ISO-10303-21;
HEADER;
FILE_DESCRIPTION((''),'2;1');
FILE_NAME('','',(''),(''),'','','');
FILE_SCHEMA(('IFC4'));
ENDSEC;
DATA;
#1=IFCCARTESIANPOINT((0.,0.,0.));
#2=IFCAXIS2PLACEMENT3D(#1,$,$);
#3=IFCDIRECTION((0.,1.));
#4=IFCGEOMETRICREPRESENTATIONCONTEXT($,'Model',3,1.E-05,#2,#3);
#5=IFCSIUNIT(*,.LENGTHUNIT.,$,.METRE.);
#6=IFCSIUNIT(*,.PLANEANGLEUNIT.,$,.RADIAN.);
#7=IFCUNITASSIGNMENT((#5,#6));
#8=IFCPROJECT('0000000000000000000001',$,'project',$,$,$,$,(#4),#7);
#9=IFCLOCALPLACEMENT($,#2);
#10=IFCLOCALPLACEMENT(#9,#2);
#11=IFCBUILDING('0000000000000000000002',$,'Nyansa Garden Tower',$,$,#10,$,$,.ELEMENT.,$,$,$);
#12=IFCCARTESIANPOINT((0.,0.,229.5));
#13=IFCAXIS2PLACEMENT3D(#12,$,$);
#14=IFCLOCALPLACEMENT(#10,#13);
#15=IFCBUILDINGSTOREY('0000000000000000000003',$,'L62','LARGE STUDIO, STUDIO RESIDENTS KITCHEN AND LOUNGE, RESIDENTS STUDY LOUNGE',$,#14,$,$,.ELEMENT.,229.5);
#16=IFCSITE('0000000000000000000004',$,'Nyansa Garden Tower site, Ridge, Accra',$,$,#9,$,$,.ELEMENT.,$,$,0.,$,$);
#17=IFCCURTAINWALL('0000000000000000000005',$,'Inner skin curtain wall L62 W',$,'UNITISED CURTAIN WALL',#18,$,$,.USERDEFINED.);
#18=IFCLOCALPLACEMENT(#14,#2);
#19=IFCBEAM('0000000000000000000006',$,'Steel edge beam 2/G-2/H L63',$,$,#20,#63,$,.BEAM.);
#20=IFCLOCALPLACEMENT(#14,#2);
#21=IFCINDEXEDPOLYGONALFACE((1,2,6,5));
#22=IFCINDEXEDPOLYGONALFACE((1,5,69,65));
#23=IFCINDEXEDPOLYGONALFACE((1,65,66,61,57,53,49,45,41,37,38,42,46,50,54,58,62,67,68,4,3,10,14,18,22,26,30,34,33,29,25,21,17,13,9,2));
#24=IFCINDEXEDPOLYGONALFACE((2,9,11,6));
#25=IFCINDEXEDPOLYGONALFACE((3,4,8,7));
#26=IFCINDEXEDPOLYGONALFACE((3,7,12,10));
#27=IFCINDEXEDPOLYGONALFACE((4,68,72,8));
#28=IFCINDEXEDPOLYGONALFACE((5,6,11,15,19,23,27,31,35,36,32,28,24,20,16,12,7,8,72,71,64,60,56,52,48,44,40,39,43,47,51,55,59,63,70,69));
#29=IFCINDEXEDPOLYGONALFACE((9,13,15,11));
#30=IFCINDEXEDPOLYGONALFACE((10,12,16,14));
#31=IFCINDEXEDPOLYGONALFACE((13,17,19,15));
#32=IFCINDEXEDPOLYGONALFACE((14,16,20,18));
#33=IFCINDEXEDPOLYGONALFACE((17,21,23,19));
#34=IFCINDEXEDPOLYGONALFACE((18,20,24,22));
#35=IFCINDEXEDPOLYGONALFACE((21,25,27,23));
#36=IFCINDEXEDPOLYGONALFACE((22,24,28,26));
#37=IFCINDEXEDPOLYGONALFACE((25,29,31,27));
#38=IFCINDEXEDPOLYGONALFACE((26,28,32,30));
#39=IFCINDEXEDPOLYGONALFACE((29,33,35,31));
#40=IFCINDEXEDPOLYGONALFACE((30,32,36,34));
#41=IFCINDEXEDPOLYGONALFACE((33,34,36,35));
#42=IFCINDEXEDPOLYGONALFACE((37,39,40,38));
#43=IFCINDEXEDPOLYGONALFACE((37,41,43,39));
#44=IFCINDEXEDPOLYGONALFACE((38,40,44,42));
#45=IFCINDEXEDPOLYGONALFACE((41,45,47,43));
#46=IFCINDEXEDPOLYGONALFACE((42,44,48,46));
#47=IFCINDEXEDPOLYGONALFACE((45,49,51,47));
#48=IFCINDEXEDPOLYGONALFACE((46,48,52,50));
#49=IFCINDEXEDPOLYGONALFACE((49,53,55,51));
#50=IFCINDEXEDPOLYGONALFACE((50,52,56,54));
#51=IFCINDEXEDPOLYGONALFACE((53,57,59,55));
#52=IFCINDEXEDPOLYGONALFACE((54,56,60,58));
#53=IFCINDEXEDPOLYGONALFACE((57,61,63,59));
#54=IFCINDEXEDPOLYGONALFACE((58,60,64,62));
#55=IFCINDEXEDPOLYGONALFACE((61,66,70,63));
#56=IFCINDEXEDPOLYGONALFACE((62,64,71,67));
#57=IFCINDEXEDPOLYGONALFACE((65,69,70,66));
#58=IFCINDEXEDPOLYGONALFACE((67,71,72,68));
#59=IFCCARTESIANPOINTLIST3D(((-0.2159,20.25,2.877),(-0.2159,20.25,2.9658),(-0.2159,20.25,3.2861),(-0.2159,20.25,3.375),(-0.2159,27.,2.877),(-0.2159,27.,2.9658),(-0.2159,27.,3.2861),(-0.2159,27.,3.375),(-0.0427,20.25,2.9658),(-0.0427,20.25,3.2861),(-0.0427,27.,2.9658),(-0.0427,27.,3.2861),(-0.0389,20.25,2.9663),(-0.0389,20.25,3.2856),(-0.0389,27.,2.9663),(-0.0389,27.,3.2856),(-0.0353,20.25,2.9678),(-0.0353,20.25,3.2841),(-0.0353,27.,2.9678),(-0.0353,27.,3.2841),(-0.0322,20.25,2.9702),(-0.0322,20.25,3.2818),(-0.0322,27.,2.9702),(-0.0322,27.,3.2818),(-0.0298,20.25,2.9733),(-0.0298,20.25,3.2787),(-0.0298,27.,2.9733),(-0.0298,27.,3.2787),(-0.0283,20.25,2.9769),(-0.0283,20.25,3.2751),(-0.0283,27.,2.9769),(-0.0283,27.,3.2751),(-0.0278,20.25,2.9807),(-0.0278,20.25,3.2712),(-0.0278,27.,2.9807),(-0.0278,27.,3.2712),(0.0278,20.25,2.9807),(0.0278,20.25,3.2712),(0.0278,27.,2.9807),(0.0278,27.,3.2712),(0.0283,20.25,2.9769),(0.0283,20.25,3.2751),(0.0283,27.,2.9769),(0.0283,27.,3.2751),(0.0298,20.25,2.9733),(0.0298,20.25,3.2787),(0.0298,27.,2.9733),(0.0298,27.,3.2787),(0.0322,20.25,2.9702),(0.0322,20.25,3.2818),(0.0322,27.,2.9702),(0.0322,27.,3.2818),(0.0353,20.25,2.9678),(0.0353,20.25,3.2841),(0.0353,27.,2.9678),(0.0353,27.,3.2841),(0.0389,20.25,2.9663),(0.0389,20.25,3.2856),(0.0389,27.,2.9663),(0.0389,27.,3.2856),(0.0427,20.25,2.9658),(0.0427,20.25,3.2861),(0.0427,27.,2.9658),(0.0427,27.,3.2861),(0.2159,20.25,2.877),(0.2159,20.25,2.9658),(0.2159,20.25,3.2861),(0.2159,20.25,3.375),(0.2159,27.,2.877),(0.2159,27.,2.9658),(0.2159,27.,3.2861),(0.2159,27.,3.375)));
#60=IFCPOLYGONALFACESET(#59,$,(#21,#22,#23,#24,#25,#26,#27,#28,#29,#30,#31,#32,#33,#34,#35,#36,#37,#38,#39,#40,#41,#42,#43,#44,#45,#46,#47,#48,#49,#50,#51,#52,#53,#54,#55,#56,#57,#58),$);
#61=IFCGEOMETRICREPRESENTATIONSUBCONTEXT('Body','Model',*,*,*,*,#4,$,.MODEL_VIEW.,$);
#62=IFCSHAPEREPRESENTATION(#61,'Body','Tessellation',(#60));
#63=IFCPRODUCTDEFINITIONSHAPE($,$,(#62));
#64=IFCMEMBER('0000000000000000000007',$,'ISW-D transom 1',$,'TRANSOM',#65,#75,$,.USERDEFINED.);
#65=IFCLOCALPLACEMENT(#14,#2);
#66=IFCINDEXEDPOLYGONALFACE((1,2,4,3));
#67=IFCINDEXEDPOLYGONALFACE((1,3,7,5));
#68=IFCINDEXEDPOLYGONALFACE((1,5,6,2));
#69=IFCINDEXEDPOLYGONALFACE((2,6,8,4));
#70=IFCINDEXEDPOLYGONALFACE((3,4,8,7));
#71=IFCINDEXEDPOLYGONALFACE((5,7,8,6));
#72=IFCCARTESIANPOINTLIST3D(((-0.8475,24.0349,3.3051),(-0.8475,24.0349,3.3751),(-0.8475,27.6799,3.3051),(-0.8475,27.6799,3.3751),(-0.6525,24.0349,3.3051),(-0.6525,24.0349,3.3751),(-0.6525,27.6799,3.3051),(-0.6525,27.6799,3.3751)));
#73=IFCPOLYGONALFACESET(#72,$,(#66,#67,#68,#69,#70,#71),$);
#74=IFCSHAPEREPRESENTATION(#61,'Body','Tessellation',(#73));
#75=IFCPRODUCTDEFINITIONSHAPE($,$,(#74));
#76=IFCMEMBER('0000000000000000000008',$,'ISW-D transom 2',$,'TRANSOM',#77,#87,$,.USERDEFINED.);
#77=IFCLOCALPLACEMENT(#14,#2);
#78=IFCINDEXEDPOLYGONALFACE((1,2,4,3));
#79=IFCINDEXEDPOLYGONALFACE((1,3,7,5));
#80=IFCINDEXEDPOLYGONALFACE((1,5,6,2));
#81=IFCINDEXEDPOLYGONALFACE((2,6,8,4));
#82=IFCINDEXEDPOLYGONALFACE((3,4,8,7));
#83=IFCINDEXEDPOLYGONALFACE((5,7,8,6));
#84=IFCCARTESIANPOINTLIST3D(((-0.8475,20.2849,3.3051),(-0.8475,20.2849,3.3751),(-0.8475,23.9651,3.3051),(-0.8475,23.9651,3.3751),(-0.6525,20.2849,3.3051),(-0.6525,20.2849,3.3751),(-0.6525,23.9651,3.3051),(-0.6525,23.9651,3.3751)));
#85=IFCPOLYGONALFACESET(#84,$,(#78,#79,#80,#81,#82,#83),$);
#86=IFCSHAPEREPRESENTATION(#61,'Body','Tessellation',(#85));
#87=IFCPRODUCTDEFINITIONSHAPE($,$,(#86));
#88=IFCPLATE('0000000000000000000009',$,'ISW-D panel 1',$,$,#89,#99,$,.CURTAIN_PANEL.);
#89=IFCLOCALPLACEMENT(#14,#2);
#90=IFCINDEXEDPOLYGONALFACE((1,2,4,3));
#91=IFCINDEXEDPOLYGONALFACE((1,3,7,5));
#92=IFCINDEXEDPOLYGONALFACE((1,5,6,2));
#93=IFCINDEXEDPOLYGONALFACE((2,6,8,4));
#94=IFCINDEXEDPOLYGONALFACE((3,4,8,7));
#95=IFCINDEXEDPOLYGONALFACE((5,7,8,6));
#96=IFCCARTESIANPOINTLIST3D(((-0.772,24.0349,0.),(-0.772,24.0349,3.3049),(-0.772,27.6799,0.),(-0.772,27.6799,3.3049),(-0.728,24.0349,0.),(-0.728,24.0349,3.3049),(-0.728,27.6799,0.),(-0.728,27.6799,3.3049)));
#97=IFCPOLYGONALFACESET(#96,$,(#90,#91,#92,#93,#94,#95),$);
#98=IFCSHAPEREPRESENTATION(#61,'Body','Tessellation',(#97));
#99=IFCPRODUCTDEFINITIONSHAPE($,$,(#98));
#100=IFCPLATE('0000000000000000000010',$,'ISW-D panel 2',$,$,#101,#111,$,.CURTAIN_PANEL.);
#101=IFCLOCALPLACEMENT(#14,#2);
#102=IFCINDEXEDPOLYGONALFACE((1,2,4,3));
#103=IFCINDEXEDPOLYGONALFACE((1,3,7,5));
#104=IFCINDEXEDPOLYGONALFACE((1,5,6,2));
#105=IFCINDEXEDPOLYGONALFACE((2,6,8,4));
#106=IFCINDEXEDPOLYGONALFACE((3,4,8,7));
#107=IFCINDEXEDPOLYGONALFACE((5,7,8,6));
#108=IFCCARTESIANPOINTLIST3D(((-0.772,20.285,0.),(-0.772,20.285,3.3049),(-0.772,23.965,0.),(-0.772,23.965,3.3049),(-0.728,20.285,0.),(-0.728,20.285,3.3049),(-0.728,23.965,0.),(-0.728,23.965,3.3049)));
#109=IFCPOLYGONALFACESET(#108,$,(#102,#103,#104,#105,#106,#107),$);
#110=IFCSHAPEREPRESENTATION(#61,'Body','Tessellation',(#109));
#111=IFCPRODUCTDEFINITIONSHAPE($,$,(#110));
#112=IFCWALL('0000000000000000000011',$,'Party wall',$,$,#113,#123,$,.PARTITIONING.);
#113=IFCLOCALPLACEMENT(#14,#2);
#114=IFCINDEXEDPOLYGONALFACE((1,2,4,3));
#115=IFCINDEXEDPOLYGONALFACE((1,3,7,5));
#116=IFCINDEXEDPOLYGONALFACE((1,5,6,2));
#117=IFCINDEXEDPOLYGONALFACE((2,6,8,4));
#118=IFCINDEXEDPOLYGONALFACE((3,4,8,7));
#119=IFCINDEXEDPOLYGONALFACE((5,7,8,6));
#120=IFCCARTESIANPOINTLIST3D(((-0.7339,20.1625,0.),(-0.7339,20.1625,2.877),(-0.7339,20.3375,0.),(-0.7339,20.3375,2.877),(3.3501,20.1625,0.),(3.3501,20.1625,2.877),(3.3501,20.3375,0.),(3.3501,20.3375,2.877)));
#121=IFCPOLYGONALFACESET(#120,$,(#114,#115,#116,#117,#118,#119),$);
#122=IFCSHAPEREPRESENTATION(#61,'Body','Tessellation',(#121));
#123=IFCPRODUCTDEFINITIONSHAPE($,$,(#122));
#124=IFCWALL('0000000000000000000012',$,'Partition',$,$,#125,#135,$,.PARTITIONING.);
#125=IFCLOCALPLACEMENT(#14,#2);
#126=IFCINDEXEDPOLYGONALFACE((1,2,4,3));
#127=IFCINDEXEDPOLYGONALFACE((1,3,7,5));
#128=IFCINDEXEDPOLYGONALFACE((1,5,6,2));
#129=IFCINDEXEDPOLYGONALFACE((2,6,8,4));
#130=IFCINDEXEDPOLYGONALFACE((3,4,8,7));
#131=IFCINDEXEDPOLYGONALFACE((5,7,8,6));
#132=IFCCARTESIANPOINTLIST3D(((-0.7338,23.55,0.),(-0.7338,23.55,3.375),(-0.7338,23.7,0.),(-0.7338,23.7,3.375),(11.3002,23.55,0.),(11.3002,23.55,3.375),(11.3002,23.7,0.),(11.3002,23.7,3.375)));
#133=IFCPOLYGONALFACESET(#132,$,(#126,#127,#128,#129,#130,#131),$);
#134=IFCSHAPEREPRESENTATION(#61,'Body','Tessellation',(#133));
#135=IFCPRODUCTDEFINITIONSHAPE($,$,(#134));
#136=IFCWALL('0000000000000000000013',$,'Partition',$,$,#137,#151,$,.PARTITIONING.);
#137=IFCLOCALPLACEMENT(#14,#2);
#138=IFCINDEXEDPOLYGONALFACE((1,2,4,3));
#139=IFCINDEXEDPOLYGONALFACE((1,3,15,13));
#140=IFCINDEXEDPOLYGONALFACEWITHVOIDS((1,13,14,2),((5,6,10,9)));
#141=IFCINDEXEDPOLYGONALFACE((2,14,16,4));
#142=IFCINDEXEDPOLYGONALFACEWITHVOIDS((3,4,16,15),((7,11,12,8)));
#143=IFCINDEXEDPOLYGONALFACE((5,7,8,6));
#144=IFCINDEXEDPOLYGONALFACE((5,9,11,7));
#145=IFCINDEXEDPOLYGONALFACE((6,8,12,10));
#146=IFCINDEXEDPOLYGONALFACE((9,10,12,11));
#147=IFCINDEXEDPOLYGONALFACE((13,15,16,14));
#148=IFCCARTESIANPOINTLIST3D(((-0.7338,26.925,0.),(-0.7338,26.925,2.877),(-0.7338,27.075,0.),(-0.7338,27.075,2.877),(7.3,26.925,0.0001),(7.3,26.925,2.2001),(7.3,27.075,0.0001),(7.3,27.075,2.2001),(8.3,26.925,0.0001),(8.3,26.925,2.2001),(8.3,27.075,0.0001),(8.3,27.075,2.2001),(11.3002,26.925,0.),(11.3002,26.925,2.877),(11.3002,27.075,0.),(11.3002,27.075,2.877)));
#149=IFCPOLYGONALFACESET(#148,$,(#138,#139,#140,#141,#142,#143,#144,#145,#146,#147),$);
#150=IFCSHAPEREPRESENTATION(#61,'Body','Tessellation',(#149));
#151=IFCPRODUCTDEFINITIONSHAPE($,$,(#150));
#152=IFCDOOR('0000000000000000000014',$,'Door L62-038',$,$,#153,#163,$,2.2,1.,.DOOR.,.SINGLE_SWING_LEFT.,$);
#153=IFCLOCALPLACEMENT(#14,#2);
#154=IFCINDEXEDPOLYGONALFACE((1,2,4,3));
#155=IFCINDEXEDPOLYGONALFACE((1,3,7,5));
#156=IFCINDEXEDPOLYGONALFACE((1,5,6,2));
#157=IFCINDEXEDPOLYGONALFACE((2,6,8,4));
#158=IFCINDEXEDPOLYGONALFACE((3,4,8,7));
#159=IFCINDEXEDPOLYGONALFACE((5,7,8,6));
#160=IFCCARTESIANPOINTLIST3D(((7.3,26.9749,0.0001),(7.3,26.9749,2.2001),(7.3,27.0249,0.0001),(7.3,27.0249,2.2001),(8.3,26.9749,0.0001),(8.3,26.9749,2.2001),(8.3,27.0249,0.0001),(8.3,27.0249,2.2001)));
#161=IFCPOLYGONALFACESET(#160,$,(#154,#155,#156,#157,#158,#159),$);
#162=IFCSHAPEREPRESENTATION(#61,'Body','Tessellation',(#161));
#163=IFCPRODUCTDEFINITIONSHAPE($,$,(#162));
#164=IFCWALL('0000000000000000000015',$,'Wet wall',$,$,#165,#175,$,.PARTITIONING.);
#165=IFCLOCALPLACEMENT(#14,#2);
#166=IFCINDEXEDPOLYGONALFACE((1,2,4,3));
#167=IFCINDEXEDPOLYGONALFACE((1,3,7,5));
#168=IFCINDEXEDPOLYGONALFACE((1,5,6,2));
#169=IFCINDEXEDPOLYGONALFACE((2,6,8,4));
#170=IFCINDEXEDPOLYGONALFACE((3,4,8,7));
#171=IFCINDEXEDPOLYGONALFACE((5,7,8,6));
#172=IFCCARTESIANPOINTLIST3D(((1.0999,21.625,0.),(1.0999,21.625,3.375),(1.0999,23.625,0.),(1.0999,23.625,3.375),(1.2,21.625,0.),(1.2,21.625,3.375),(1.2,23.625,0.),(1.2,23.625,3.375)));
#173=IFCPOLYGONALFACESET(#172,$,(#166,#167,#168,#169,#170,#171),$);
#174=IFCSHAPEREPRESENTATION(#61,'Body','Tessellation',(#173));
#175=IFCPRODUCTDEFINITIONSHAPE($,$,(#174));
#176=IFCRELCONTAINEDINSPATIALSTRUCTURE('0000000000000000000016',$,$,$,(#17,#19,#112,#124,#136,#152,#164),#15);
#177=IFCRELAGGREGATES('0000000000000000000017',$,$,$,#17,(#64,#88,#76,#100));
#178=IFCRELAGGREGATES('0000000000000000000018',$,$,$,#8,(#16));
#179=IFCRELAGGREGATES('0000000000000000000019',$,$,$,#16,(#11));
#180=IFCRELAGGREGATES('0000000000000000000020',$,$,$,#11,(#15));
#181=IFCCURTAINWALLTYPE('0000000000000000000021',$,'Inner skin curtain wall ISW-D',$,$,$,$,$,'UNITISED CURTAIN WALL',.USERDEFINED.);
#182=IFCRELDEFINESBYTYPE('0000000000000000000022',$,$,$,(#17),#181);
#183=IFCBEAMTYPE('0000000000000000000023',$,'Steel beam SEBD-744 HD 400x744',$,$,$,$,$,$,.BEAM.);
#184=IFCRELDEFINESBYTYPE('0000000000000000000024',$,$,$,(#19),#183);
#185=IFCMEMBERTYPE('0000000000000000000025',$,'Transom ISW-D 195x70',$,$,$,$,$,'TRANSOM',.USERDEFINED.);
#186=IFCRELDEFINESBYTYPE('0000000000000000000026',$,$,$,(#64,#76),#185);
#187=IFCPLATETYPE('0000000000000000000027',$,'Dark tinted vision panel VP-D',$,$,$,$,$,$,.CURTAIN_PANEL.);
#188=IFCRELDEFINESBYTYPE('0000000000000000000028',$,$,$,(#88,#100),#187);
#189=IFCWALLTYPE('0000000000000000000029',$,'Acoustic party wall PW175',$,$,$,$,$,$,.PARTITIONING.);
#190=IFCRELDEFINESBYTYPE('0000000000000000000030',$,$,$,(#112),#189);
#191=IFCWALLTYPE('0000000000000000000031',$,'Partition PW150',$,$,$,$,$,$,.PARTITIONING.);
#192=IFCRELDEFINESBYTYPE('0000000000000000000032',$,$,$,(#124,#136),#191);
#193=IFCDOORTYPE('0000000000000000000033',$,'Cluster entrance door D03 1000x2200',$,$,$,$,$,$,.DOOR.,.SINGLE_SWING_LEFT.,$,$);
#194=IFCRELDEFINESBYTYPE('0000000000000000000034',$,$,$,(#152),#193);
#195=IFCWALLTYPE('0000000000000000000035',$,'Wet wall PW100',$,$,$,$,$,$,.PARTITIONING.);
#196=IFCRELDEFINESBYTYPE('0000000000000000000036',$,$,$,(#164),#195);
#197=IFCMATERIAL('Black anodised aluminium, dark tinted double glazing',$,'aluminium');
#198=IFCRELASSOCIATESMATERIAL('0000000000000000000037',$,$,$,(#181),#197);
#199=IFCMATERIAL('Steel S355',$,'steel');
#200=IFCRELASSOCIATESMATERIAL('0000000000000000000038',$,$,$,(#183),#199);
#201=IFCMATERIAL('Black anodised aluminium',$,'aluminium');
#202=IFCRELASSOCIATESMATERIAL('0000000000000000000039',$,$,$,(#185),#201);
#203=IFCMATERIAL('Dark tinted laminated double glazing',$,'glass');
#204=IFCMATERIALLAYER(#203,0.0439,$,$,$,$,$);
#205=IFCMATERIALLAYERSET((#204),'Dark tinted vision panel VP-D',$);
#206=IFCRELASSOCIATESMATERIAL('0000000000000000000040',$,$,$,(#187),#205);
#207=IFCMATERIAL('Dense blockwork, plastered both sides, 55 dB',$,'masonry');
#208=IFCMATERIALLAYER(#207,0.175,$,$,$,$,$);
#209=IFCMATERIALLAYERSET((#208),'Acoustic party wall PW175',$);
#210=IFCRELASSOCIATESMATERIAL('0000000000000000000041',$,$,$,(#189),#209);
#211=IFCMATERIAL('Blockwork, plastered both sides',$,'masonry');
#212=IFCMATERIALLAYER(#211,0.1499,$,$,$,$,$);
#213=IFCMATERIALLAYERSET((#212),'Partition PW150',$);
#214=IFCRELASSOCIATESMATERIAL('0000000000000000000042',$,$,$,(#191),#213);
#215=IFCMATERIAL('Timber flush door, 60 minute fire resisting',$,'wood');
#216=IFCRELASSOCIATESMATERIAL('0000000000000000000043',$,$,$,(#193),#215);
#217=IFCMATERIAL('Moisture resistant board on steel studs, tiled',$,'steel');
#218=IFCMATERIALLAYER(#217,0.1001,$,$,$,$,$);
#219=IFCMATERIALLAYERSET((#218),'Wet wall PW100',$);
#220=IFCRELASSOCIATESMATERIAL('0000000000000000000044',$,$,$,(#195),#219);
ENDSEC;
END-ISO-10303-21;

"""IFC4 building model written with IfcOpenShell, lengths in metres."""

from ifc_helpers import new_model, si_unit, direction, frame, frame_2d, origin, origin_2d, place, context, subcontext, project, spatial, rectangle, i_section, extrude, material, layer, layer_set, material_profile, profile_set, type_object, element, fill, aggregate, save


model = new_model("IFC4")

# Units and contexts
model_context = context("Model", 3, precision=1e-05, world=origin(), true_north=direction((0.0, 1.0)))
body_context = subcontext(model_context, "Body", "Model", "MODEL_VIEW")
ifc_project = project(units=[si_unit("LENGTHUNIT", "METRE"), si_unit("PLANEANGLEUNIT", "RADIAN")], contexts=[model_context])

# Site, building, storey
site_placement = place(None, origin())
site = spatial("IfcSite", under=ifc_project, at=site_placement, Name="Nyansa Garden Tower site, Ridge, Accra", CompositionType="ELEMENT", RefElevation=0.0)
building_placement = place(site_placement, origin())
building = spatial("IfcBuilding", under=site, at=building_placement, Name="Nyansa Garden Tower", CompositionType="ELEMENT")
storey_placement = place(building_placement, frame((0.0, 0.0, 229.5)))
storey = spatial("IfcBuildingStorey", under=building, at=storey_placement, Name="L62", Description="LARGE STUDIO, STUDIO RESIDENTS KITCHEN AND LOUNGE, RESIDENTS STUDY LOUNGE", CompositionType="ELEMENT", Elevation=229.5)

# Curtain wall
ifc_material_1 = material(Name="Black anodised aluminium, dark tinted double glazing", Category="aluminium")
curtain_wall_type = type_object("IfcCurtainWallType", Name="Inner skin curtain wall ISW-D", ElementType="UNITISED CURTAIN WALL", PredefinedType="USERDEFINED", material=ifc_material_1)
curtain_wall_placement = place(storey_placement, origin())
curtain_wall = element("IfcCurtainWall", 1, at=curtain_wall_placement, inside=storey, type_object=curtain_wall_type, Name="Inner skin curtain wall L62 W", ObjectType="UNITISED CURTAIN WALL", PredefinedType="USERDEFINED")

# Beam
ifc_material_2 = material(Name="Steel S355", Category="steel")
ifc_material_profile_1 = material_profile(ifc_material_2, i_section(OverallWidth=0.4319, OverallDepth=0.498, WebThickness=0.0557, FlangeThickness=0.0889, FilletRadius=0.0149, at=origin_2d()), Name="HD 400x744")
ifc_profile_set_1 = profile_set([ifc_material_profile_1], Name="Steel S355")
beam_type_1 = type_object("IfcBeamType", Name="Steel beam SEBD-744 HD 400x744", PredefinedType="BEAM", material=ifc_profile_set_1)
beam_placement = place(storey_placement, frame((0.0, 20.25, 3.126), z_axis=(0.0, 1.0, 0.0), x_axis=(-1.0, 0.0, 0.0)))
element("IfcBeam", 2, at=beam_placement, inside=storey, type_object=beam_type_1, Name="Steel edge beam 2/G-2/H L63", PredefinedType="BEAM", context=body_context, shape_type="SweptSolid", body=[
    extrude(i_section(OverallWidth=0.4319, OverallDepth=0.498, WebThickness=0.0557, FlangeThickness=0.0889, FilletRadius=0.0149, at=origin_2d()), origin(), (0.0, 0.0, 1.0), 6.75),
])

# Members
ifc_material_3 = material(Name="Black anodised aluminium", Category="aluminium")
ifc_material_profile_2 = material_profile(ifc_material_3, rectangle(XDim=0.1951, YDim=0.0701, at=origin_2d()), Name="Transom 195x70")
ifc_profile_set_2 = profile_set([ifc_material_profile_2], Name="Black anodised aluminium")
member_type_1 = type_object("IfcMemberType", Name="Transom ISW-D 195x70", ElementType="TRANSOM", PredefinedType="USERDEFINED", material=ifc_profile_set_2)
member_1_placement = place(storey_placement, frame((-0.75, 27.6799, 3.3401), z_axis=(0.0, -1.0, 0.0), x_axis=(1.0, 0.0, 0.0)))
member_1 = element("IfcMember", 3, at=member_1_placement, type_object=member_type_1, Name="ISW-D transom 1", ObjectType="TRANSOM", PredefinedType="USERDEFINED", context=body_context, shape_type="SweptSolid", body=[
    extrude(rectangle(XDim=0.1951, YDim=0.0701, at=origin_2d()), origin(), (0.0, 0.0, 1.0), 3.645),
])
member_2_placement = place(storey_placement, frame((-0.75, 23.9651, 3.3401), z_axis=(0.0, -1.0, 0.0), x_axis=(1.0, 0.0, 0.0)))
member_2 = element("IfcMember", 4, at=member_2_placement, type_object=member_type_1, Name="ISW-D transom 2", ObjectType="TRANSOM", PredefinedType="USERDEFINED", context=body_context, shape_type="SweptSolid", body=[
    extrude(rectangle(XDim=0.1951, YDim=0.0701, at=origin_2d()), origin(), (0.0, 0.0, 1.0), 3.6802),
])

# Plates
ifc_material_4 = material(Name="Dark tinted laminated double glazing", Category="glass")
ifc_layer_1 = layer(ifc_material_4, 0.0439)
ifc_layer_set_1 = layer_set([ifc_layer_1], Name="Dark tinted vision panel VP-D")
plate_type = type_object("IfcPlateType", Name="Dark tinted vision panel VP-D", PredefinedType="CURTAIN_PANEL", material=ifc_layer_set_1)
plate_1_placement = place(storey_placement, frame((-0.75, 25.8574, 0.0), z_axis=(0.0, 0.0, 1.0), x_axis=(0.0, -1.0, 0.0)))
plate_1 = element("IfcPlate", 5, at=plate_1_placement, type_object=plate_type, Name="ISW-D panel 1", PredefinedType="CURTAIN_PANEL", context=body_context, shape_type="SweptSolid", body=[
    extrude(rectangle(XDim=3.645, YDim=0.0439, at=origin_2d()), origin(), (0.0, 0.0, 1.0), 3.3049),
])
plate_2_placement = place(storey_placement, frame((-0.75, 22.125, 0.0), z_axis=(0.0, 0.0, 1.0), x_axis=(0.0, -1.0, 0.0)))
plate_2 = element("IfcPlate", 6, at=plate_2_placement, type_object=plate_type, Name="ISW-D panel 2", PredefinedType="CURTAIN_PANEL", context=body_context, shape_type="SweptSolid", body=[
    extrude(rectangle(XDim=3.6799, YDim=0.0439, at=origin_2d()), origin(), (0.0, 0.0, 1.0), 3.3049),
])
aggregate(curtain_wall, [member_1, plate_1, member_2, plate_2])

# Walls
ifc_material_5 = material(Name="Dense blockwork, plastered both sides, 55 dB", Category="masonry")
ifc_layer_2 = layer(ifc_material_5, 0.175)
ifc_layer_set_2 = layer_set([ifc_layer_2], Name="Acoustic party wall PW175")
wall_type_1 = type_object("IfcWallType", Name="Acoustic party wall PW175", PredefinedType="PARTITIONING", material=ifc_layer_set_2)
wall_1_placement = place(storey_placement, frame((-0.7339, 20.25, 0.0), z_axis=(0.0, 0.0, 1.0), x_axis=(1.0, 0.0, 0.0)))
element("IfcWall", 7, at=wall_1_placement, inside=storey, type_object=wall_type_1, Name="Party wall", PredefinedType="PARTITIONING", context=body_context, shape_type="SweptSolid", body=[
    extrude(rectangle(XDim=4.084, YDim=0.175, at=frame_2d((2.042, 0.0))), origin(), (0.0, 0.0, 1.0), 2.877),
])
ifc_material_6 = material(Name="Blockwork, plastered both sides", Category="masonry")
ifc_layer_3 = layer(ifc_material_6, 0.1499)
ifc_layer_set_3 = layer_set([ifc_layer_3], Name="Partition PW150")
wall_type_2 = type_object("IfcWallType", Name="Partition PW150", PredefinedType="PARTITIONING", material=ifc_layer_set_3)
wall_2_placement = place(storey_placement, frame((-0.7339, 23.625, 0.0), z_axis=(0.0, 0.0, 1.0), x_axis=(1.0, 0.0, 0.0)))
element("IfcWall", 8, at=wall_2_placement, inside=storey, type_object=wall_type_2, Name="Partition", PredefinedType="PARTITIONING", context=body_context, shape_type="SweptSolid", body=[
    extrude(rectangle(XDim=12.0339, YDim=0.1499, at=frame_2d((6.0171, 0.0))), origin(), (0.0, 0.0, 1.0), 3.375),
])

# Wall, opening, door
wall_3_placement = place(storey_placement, frame((-0.7339, 27.0, 0.0), z_axis=(0.0, 0.0, 1.0), x_axis=(1.0, 0.0, 0.0)))
wall_3 = element("IfcWall", 9, at=wall_3_placement, inside=storey, type_object=wall_type_2, Name="Partition", PredefinedType="PARTITIONING", context=body_context, shape_type="SweptSolid", body=[
    extrude(rectangle(XDim=12.0339, YDim=0.1499, at=frame_2d((6.0171, 0.0))), origin(), (0.0, 0.0, 1.0), 2.877),
])
opening_1_placement = place(wall_3_placement, frame((8.0339, 0.0, 0.0)))
opening_1 = element("IfcOpeningElement", 10, at=opening_1_placement, cuts=wall_3, PredefinedType="OPENING", context=body_context, shape_type="SweptSolid", body=[
    extrude(rectangle(XDim=1.0, YDim=2.2, at=frame_2d((0.5, 1.1001))), frame((0.0, 0.085, 0.0), z_axis=(0.0, -1.0, 0.0), x_axis=(1.0, 0.0, 0.0)), (0.0, 0.0, 1.0), 0.1699),
])
ifc_material_7 = material(Name="Timber flush door, 60 minute fire resisting", Category="wood")
door_type_1 = type_object("IfcDoorType", Name="Cluster entrance door D03 1000x2200", OperationType="SINGLE_SWING_LEFT", PredefinedType="DOOR", material=ifc_material_7)
door_1_placement = place(opening_1_placement, origin())
door_1 = element("IfcDoor", 11, at=door_1_placement, inside=storey, type_object=door_type_1, Name="Door L62-038", OperationType="SINGLE_SWING_LEFT", OverallHeight=2.2, OverallWidth=1.0, PredefinedType="DOOR", context=body_context, shape_type="SweptSolid", body=[
    extrude(rectangle(XDim=1.0, YDim=2.2, at=frame_2d((0.5, 1.1001))), frame((0.0, 0.0249, 0.0), z_axis=(0.0, -1.0, 0.0), x_axis=(1.0, 0.0, 0.0)), (0.0, 0.0, 1.0), 0.05),
])
fill(opening_1, door_1)

# Wall
ifc_material_8 = material(Name="Moisture resistant board on steel studs, tiled", Category="steel")
ifc_layer_4 = layer(ifc_material_8, 0.1001)
ifc_layer_set_4 = layer_set([ifc_layer_4], Name="Wet wall PW100")
wall_type_3 = type_object("IfcWallType", Name="Wet wall PW100", PredefinedType="PARTITIONING", material=ifc_layer_set_4)
wall_4_placement = place(storey_placement, frame((1.1499, 21.625, 0.0), z_axis=(0.0, 0.0, 1.0), x_axis=(0.0, 1.0, 0.0)))
element("IfcWall", 12, at=wall_4_placement, inside=storey, type_object=wall_type_3, Name="Wet wall", PredefinedType="PARTITIONING", context=body_context, shape_type="SweptSolid", body=[
    extrude(rectangle(XDim=2.0, YDim=0.1001, at=frame_2d((1.0, 0.0))), origin(), (0.0, 0.0, 1.0), 3.375),
])

save(model, "model.ifc")
